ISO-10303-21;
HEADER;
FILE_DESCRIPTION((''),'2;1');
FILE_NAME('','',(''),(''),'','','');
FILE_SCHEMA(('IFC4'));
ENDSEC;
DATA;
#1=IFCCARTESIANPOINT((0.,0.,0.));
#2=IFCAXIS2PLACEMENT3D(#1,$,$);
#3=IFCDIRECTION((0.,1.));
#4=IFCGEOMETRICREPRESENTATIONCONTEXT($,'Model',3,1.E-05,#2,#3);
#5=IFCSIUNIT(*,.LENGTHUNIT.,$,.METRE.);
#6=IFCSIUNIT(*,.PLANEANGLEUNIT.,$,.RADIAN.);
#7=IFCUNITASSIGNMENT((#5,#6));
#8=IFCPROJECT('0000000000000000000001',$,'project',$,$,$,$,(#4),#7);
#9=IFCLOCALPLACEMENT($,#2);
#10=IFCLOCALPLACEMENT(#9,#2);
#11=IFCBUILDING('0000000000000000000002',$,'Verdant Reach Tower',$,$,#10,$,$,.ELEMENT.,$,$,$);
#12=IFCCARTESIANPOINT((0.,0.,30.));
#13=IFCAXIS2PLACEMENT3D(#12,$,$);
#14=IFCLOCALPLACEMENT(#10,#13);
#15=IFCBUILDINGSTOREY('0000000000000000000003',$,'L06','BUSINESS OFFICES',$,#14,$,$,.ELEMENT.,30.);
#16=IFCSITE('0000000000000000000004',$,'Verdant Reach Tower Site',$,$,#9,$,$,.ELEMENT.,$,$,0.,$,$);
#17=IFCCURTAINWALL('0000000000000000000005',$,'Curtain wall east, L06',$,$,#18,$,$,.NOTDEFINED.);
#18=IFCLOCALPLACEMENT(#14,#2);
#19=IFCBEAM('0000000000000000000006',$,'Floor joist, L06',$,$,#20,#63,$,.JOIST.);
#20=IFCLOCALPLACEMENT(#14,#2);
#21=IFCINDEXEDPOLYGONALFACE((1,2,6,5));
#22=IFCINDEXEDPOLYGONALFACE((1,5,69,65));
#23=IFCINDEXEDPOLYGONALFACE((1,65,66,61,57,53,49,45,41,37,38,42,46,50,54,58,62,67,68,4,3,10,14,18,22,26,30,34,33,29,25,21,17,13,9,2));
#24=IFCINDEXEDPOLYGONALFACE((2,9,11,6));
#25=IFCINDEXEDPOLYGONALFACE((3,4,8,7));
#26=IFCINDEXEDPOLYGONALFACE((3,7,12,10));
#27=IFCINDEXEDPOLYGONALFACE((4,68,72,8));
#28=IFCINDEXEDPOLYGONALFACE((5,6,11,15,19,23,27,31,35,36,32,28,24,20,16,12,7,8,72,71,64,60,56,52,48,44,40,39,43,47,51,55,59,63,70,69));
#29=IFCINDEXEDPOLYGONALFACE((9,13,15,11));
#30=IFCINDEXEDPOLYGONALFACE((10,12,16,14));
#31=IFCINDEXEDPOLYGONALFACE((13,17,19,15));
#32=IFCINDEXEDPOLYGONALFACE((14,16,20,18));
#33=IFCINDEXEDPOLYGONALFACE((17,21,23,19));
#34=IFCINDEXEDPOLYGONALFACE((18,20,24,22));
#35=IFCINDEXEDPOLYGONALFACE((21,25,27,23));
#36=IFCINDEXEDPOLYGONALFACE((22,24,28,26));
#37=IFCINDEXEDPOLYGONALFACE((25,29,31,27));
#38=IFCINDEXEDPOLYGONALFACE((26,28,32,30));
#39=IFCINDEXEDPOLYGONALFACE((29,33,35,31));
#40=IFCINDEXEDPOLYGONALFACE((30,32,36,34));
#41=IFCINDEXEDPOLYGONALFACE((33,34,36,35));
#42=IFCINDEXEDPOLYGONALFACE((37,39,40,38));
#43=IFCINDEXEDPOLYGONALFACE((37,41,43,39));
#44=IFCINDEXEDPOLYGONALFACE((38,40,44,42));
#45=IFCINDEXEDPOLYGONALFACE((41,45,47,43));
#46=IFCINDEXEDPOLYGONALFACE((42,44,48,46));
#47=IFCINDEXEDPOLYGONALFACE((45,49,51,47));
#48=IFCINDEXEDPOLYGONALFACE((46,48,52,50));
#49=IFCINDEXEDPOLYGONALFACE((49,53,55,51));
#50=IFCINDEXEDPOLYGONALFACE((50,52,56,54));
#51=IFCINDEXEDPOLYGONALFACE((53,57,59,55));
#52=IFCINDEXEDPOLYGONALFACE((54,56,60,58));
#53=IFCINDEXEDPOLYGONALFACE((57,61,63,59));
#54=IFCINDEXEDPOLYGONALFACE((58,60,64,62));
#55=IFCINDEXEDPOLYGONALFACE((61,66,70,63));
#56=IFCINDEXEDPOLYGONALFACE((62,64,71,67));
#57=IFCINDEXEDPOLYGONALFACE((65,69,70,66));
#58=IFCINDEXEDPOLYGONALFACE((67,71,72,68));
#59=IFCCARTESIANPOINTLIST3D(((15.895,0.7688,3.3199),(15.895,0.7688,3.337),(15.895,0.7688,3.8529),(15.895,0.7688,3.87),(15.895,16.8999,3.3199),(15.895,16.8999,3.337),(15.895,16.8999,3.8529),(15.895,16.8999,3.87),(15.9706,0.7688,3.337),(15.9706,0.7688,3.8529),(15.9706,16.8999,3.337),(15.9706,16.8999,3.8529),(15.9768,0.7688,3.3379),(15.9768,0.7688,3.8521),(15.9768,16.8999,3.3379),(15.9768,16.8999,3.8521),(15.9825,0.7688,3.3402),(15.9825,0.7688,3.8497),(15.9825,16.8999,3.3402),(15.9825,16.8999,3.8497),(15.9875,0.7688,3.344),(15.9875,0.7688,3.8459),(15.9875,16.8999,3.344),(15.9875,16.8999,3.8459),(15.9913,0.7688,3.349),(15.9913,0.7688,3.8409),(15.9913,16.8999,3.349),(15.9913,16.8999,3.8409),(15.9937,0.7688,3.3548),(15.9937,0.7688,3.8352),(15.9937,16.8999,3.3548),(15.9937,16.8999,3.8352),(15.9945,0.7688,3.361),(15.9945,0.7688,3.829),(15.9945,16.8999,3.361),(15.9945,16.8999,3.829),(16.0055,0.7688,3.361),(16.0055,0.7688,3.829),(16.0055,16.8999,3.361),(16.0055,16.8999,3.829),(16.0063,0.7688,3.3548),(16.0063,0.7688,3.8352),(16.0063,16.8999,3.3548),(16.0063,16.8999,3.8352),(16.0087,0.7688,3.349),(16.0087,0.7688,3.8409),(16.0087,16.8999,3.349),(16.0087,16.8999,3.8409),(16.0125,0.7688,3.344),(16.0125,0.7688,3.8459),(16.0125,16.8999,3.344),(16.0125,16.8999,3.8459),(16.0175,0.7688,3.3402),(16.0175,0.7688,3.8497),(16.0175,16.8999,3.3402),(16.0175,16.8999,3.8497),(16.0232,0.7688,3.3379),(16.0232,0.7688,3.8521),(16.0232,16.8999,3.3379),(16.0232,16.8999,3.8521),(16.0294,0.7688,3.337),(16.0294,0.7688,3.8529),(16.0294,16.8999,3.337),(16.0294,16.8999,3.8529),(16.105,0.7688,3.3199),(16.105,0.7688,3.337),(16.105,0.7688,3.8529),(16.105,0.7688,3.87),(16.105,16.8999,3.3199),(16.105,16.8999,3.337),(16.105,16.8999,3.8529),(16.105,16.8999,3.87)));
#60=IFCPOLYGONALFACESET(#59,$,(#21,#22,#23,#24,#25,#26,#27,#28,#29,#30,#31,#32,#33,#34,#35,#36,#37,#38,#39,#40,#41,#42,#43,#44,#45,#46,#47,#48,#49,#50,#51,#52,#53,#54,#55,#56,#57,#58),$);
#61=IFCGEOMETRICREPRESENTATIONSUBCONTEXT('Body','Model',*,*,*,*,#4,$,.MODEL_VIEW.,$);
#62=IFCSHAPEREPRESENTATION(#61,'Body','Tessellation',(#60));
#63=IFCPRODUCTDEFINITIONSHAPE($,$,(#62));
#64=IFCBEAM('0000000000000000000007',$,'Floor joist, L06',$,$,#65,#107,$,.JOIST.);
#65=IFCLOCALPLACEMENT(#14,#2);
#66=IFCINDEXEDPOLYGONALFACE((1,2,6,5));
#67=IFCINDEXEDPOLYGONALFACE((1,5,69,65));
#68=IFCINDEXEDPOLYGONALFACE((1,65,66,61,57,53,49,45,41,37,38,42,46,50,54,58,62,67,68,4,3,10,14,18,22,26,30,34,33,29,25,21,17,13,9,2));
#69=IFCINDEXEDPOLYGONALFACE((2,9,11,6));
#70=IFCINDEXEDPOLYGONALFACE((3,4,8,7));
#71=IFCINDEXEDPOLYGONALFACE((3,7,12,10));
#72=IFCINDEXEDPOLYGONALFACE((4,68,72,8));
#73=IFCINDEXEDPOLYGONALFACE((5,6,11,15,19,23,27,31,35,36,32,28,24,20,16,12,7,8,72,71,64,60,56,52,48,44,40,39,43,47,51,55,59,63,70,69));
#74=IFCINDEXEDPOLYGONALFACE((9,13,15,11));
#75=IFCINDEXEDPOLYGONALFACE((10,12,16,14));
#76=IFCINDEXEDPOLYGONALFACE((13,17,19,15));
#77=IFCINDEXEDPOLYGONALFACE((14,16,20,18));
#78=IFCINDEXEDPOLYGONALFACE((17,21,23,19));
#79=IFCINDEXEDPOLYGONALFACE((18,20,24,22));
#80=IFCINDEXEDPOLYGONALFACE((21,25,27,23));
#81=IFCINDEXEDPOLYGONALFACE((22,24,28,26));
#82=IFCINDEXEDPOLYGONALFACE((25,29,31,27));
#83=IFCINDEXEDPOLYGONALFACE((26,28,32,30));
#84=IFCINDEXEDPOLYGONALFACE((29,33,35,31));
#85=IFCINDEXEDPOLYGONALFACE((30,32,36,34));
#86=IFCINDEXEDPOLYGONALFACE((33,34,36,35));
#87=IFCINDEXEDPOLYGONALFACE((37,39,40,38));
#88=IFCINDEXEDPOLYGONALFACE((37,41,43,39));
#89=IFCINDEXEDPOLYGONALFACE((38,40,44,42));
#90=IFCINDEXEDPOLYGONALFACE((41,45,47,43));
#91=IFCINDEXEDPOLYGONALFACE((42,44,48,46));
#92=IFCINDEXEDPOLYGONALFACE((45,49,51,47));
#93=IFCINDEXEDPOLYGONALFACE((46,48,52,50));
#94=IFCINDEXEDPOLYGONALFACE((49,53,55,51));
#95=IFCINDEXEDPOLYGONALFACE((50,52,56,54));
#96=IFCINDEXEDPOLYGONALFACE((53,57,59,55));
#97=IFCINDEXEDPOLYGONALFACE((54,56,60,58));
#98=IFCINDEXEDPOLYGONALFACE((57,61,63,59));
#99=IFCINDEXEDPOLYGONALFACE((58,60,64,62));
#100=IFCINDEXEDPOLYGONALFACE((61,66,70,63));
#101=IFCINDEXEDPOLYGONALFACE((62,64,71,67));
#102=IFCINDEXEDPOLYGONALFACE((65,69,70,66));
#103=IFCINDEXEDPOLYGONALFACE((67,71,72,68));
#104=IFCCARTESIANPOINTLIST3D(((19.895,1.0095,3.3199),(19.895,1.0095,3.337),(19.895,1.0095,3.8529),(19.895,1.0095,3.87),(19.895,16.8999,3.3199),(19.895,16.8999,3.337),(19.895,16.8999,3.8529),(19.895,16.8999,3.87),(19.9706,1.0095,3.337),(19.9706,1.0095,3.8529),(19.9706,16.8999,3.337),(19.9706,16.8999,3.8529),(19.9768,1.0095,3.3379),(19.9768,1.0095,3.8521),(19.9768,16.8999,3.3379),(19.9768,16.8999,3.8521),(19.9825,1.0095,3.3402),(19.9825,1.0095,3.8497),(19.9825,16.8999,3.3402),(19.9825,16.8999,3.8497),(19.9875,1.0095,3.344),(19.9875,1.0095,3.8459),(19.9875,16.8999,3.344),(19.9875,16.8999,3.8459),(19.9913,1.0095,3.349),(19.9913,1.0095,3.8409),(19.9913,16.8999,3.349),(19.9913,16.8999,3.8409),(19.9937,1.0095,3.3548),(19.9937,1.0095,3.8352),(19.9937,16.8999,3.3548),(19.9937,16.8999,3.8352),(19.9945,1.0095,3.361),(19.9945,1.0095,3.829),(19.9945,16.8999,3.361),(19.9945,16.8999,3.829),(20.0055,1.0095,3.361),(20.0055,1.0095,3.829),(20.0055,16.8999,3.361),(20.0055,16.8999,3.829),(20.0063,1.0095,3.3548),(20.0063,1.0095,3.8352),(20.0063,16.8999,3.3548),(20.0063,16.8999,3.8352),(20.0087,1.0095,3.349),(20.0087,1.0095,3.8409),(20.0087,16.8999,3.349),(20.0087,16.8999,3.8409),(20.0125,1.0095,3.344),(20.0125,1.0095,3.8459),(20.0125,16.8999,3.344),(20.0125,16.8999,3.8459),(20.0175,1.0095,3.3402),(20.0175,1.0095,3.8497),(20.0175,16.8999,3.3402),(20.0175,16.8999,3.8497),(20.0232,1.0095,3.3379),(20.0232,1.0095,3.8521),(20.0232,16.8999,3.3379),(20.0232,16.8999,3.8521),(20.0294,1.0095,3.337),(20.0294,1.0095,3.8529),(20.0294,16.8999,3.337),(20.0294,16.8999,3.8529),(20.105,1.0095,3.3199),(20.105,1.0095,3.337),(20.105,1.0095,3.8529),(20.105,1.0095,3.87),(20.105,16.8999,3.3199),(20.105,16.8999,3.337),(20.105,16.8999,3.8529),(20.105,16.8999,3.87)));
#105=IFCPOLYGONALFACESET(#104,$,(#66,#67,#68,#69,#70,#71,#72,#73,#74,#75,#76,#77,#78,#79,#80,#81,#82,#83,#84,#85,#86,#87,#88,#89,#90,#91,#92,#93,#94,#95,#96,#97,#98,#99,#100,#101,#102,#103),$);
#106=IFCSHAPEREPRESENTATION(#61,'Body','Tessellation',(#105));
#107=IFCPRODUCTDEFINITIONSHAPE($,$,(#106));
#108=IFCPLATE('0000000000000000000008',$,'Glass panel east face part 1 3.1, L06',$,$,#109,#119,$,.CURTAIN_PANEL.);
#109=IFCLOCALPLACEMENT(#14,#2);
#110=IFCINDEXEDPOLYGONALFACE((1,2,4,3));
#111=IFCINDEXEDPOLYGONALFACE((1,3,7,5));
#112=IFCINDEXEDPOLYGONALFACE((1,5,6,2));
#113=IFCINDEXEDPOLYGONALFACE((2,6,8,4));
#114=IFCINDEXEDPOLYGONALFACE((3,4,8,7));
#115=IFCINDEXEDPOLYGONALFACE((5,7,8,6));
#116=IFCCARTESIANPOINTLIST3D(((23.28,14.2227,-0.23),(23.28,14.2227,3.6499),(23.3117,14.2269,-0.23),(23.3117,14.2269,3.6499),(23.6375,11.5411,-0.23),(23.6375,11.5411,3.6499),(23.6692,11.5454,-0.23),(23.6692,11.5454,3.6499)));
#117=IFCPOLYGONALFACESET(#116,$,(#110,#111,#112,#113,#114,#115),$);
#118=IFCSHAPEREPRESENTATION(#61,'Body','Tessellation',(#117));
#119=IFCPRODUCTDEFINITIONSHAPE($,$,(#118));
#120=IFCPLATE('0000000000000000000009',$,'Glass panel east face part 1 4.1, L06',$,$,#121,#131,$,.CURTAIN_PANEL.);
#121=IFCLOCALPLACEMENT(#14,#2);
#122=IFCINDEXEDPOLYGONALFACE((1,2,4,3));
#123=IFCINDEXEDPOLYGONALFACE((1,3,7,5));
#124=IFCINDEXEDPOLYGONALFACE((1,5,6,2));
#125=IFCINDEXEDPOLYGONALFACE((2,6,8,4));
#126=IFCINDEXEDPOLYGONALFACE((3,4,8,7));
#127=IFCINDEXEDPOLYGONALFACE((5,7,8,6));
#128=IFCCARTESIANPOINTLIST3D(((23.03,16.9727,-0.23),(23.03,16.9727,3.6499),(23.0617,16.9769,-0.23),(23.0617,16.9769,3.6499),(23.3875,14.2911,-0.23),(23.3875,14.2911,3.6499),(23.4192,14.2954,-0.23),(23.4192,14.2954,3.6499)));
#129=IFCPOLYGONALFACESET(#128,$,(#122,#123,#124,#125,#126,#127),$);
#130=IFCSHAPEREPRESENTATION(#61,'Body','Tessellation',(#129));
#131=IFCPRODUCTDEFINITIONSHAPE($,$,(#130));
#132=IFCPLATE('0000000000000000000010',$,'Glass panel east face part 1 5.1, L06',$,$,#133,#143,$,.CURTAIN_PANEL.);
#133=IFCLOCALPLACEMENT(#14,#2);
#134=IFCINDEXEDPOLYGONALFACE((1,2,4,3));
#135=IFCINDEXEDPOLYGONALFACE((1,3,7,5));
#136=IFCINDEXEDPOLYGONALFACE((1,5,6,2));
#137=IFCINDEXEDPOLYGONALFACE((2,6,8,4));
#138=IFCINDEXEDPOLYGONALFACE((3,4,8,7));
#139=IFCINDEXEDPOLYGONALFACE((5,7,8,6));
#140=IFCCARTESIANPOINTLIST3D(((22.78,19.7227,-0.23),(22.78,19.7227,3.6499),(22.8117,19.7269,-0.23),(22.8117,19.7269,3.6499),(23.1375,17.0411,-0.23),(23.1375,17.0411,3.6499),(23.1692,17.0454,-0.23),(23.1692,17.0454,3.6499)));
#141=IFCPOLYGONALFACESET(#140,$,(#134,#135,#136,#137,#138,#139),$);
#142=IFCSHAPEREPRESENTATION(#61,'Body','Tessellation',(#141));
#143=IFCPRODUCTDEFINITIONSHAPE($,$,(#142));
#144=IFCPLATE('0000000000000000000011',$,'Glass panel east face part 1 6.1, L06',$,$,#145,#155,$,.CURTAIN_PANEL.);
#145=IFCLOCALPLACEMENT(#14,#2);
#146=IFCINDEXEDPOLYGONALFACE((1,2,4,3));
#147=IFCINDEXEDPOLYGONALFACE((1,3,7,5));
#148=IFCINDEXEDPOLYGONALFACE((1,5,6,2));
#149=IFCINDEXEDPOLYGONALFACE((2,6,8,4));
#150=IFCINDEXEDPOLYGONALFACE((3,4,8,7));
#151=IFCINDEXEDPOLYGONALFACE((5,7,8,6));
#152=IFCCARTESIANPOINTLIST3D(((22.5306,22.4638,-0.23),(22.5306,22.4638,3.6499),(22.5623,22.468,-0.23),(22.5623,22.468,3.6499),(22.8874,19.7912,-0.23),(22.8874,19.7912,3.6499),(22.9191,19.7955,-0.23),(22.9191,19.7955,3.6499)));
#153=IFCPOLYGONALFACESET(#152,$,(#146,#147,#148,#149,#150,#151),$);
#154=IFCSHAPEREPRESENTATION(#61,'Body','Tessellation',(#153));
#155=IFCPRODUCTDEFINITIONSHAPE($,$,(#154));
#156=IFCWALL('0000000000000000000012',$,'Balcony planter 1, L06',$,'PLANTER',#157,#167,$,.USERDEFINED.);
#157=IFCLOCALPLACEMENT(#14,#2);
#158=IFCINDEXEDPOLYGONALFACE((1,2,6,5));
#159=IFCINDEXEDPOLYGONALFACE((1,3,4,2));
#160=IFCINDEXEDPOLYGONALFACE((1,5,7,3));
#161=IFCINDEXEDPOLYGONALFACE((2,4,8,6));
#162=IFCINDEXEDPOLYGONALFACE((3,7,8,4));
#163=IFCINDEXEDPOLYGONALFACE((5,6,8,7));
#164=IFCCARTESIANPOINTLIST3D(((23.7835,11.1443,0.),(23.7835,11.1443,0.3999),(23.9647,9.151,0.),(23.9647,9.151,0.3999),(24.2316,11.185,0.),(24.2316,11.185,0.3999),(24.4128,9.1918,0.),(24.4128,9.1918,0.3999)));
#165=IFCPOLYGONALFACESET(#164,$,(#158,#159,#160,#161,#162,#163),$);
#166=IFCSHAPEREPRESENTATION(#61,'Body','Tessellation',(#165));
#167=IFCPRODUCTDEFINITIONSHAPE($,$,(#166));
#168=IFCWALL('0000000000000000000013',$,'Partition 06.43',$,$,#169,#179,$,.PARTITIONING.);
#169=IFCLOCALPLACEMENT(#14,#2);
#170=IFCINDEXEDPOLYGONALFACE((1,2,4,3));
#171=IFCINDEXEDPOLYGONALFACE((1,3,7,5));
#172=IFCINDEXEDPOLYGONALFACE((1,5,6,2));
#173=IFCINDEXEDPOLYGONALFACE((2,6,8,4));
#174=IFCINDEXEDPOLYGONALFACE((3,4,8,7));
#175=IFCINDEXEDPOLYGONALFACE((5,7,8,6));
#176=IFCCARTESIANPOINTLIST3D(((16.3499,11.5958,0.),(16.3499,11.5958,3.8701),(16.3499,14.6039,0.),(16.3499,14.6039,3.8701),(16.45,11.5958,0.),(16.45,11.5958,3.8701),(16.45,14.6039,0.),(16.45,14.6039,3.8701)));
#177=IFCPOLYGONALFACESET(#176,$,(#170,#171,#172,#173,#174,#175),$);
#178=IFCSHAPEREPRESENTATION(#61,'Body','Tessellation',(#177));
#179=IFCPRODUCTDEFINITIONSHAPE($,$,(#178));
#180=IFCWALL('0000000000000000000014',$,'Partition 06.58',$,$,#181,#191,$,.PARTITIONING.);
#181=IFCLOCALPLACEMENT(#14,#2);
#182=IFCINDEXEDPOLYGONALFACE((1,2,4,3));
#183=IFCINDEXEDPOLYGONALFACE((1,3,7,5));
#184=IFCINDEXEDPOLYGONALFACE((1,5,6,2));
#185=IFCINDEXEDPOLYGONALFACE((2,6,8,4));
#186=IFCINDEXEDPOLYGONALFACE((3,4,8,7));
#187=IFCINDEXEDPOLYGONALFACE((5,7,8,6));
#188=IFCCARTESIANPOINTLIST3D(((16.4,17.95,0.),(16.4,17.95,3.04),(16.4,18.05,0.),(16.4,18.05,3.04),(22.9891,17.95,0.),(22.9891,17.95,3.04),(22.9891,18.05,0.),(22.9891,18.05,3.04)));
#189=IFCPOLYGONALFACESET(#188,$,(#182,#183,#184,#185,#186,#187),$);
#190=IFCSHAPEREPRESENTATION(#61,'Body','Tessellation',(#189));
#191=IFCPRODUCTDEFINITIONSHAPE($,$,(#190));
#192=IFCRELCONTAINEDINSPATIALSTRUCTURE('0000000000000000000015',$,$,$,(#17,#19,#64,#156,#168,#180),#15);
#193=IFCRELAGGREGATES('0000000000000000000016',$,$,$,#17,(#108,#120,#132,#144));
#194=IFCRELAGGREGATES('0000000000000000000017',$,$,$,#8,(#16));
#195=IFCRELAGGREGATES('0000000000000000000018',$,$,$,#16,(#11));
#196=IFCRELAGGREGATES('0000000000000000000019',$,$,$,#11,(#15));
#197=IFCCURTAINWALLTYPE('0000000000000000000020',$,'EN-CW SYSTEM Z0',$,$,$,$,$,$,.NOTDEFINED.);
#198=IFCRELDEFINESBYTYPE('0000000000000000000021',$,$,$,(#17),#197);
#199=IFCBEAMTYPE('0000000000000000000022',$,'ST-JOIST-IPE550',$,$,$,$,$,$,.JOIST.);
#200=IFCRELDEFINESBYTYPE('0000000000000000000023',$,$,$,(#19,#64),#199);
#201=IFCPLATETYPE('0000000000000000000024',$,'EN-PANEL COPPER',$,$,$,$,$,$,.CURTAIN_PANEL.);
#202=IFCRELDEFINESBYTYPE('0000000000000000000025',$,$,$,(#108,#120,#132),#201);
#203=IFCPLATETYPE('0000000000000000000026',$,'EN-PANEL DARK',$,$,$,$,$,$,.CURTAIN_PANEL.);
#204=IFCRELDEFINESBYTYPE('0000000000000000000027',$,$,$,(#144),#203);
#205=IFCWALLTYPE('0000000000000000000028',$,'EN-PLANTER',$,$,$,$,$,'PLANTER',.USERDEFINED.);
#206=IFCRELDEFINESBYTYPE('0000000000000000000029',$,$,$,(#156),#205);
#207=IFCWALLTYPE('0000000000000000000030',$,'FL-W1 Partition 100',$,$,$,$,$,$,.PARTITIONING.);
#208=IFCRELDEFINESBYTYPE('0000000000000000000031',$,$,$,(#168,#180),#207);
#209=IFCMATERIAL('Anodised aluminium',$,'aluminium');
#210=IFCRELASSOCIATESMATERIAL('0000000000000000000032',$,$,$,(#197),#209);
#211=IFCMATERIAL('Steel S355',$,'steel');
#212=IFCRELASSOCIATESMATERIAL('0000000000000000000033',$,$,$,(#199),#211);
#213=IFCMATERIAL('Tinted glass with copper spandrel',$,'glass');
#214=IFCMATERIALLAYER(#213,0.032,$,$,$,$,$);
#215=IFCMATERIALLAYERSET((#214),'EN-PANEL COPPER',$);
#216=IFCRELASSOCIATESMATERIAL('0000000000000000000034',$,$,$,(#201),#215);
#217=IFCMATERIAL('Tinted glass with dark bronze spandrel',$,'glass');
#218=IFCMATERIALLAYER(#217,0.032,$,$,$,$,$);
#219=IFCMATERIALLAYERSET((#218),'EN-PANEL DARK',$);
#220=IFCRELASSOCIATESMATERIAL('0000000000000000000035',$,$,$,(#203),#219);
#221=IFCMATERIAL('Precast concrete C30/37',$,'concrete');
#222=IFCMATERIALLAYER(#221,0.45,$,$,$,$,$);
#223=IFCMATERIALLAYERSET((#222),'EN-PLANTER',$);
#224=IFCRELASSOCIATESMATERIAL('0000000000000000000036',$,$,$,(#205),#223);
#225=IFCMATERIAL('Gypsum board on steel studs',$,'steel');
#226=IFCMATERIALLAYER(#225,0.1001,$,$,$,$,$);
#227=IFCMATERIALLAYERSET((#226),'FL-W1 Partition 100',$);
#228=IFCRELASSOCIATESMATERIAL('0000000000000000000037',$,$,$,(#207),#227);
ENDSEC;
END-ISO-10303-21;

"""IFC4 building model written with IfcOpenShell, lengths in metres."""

from ifc_helpers import new_model, si_unit, direction, frame, frame_2d, origin, origin_2d, place, context, subcontext, project, spatial, rectangle, i_section, extrude, material, layer, layer_set, material_profile, profile_set, type_object, element, aggregate, save


model = new_model("IFC4")

# Units and contexts
model_context = context("Model", 3, precision=1e-05, world=origin(), true_north=direction((0.0, 1.0)))
body_context = subcontext(model_context, "Body", "Model", "MODEL_VIEW")
ifc_project = project(units=[si_unit("LENGTHUNIT", "METRE"), si_unit("PLANEANGLEUNIT", "RADIAN")], contexts=[model_context])

# Site, building, storey
site_placement = place(None, origin())
site = spatial("IfcSite", under=ifc_project, at=site_placement, Name="Verdant Reach Tower Site", CompositionType="ELEMENT", RefElevation=0.0)
building_placement = place(site_placement, origin())
building = spatial("IfcBuilding", under=site, at=building_placement, Name="Verdant Reach Tower", CompositionType="ELEMENT")
storey_placement = place(building_placement, frame((0.0, 0.0, 30.0)))
storey = spatial("IfcBuildingStorey", under=building, at=storey_placement, Name="L06", Description="BUSINESS OFFICES", CompositionType="ELEMENT", Elevation=30.0)

# Curtain wall
ifc_material_1 = material(Name="Anodised aluminium", Category="aluminium")
curtain_wall_type = type_object("IfcCurtainWallType", Name="EN-CW SYSTEM Z0", PredefinedType="NOTDEFINED", material=ifc_material_1)
curtain_wall_placement = place(storey_placement, origin())
curtain_wall = element("IfcCurtainWall", 1, at=curtain_wall_placement, inside=storey, type_object=curtain_wall_type, Name="Curtain wall east, L06", PredefinedType="NOTDEFINED")

# Beams
ifc_material_2 = material(Name="Steel S355", Category="steel")
ifc_material_profile_1 = material_profile(ifc_material_2, i_section(OverallWidth=0.21, OverallDepth=0.55, WebThickness=0.011, FlangeThickness=0.0171, FilletRadius=0.0239, at=origin_2d()), Name="IPE 550")
ifc_profile_set_1 = profile_set([ifc_material_profile_1], Name="Steel S355")
beam_type_1 = type_object("IfcBeamType", Name="ST-JOIST-IPE550", PredefinedType="JOIST", material=ifc_profile_set_1)
beam_1_placement = place(storey_placement, frame((16.0, 16.8999, 3.595), z_axis=(0.0, -1.0, 0.0), x_axis=(1.0, 0.0, 0.0)))
element("IfcBeam", 2, at=beam_1_placement, inside=storey, type_object=beam_type_1, Name="Floor joist, L06", PredefinedType="JOIST", context=body_context, shape_type="SweptSolid", body=[
    extrude(i_section(OverallWidth=0.21, OverallDepth=0.55, WebThickness=0.011, FlangeThickness=0.0171, FilletRadius=0.0239, at=origin_2d()), origin(), (0.0, 0.0, 1.0), 16.1311),
])
beam_2_placement = place(storey_placement, frame((20.0, 16.8999, 3.595), z_axis=(0.0, -1.0, 0.0), x_axis=(1.0, 0.0, 0.0)))
element("IfcBeam", 3, at=beam_2_placement, inside=storey, type_object=beam_type_1, Name="Floor joist, L06", PredefinedType="JOIST", context=body_context, shape_type="SweptSolid", body=[
    extrude(i_section(OverallWidth=0.21, OverallDepth=0.55, WebThickness=0.011, FlangeThickness=0.0171, FilletRadius=0.0239, at=origin_2d()), origin(), (0.0, 0.0, 1.0), 15.8904),
])

# Plates
ifc_material_3 = material(Name="Tinted glass with copper spandrel", Category="glass")
ifc_layer_1 = layer(ifc_material_3, 0.032)
ifc_layer_set_1 = layer_set([ifc_layer_1], Name="EN-PANEL COPPER")
plate_type_1 = type_object("IfcPlateType", Name="EN-PANEL COPPER", PredefinedType="CURTAIN_PANEL", material=ifc_layer_set_1)
plate_1_placement = place(storey_placement, frame((23.4746, 12.884, -0.23), z_axis=(0.0, 0.0, 1.0), x_axis=(-0.13216, 0.991228, 0.0)))
plate_1 = element("IfcPlate", 4, at=plate_1_placement, type_object=plate_type_1, Name="Glass panel east face part 1 3.1, L06", PredefinedType="CURTAIN_PANEL", context=body_context, shape_type="SweptSolid", body=[
    extrude(rectangle(XDim=2.7053, YDim=0.032, at=origin_2d()), origin(), (0.0, 0.0, 1.0), 3.8799),
])
plate_2_placement = place(storey_placement, frame((23.2246, 15.634, -0.23), z_axis=(0.0, 0.0, 1.0), x_axis=(-0.13216, 0.991228, 0.0)))
plate_2 = element("IfcPlate", 5, at=plate_2_placement, type_object=plate_type_1, Name="Glass panel east face part 1 4.1, L06", PredefinedType="CURTAIN_PANEL", context=body_context, shape_type="SweptSolid", body=[
    extrude(rectangle(XDim=2.7053, YDim=0.032, at=origin_2d()), origin(), (0.0, 0.0, 1.0), 3.8799),
])
plate_3_placement = place(storey_placement, frame((22.9746, 18.384, -0.23), z_axis=(0.0, 0.0, 1.0), x_axis=(-0.13216, 0.991228, 0.0)))
plate_3 = element("IfcPlate", 6, at=plate_3_placement, type_object=plate_type_1, Name="Glass panel east face part 1 5.1, L06", PredefinedType="CURTAIN_PANEL", context=body_context, shape_type="SweptSolid", body=[
    extrude(rectangle(XDim=2.7053, YDim=0.032, at=origin_2d()), origin(), (0.0, 0.0, 1.0), 3.8799),
])
ifc_material_4 = material(Name="Tinted glass with dark bronze spandrel", Category="glass")
ifc_layer_2 = layer(ifc_material_4, 0.032)
ifc_layer_set_2 = layer_set([ifc_layer_2], Name="EN-PANEL DARK")
plate_type_2 = type_object("IfcPlateType", Name="EN-PANEL DARK", PredefinedType="CURTAIN_PANEL", material=ifc_layer_set_2)
plate_4_placement = place(storey_placement, frame((22.7249, 21.1296, -0.23), z_axis=(0.0, 0.0, 1.0), x_axis=(-0.132308, 0.991209, 0.0)))
plate_4 = element("IfcPlate", 7, at=plate_4_placement, type_object=plate_type_2, Name="Glass panel east face part 1 6.1, L06", PredefinedType="CURTAIN_PANEL", context=body_context, shape_type="SweptSolid", body=[
    extrude(rectangle(XDim=2.6963, YDim=0.032, at=origin_2d()), origin(), (0.0, 0.0, 1.0), 3.8799),
])
aggregate(curtain_wall, [plate_1, plate_2, plate_3, plate_4])

# Walls
ifc_material_5 = material(Name="Precast concrete C30/37", Category="concrete")
ifc_layer_3 = layer(ifc_material_5, 0.45)
ifc_layer_set_3 = layer_set([ifc_layer_3], Name="EN-PLANTER")
wall_type_1 = type_object("IfcWallType", Name="EN-PLANTER", ElementType="PLANTER", PredefinedType="USERDEFINED", material=ifc_layer_set_3)
wall_1_placement = place(storey_placement, frame((24.1887, 9.1714, 0.0), z_axis=(0.0, 0.0, 1.0), x_axis=(-0.090514, 0.995895, 0.0)))
element("IfcWall", 8, at=wall_1_placement, inside=storey, type_object=wall_type_1, Name="Balcony planter 1, L06", ObjectType="PLANTER", PredefinedType="USERDEFINED", context=body_context, shape_type="SweptSolid", body=[
    extrude(rectangle(XDim=2.0015, YDim=0.45, at=frame_2d((1.0007, 0.0))), origin(), (0.0, 0.0, 1.0), 0.3999),
])
ifc_material_6 = material(Name="Gypsum board on steel studs", Category="steel")
ifc_layer_4 = layer(ifc_material_6, 0.1001)
ifc_layer_set_4 = layer_set([ifc_layer_4], Name="FL-W1 Partition 100")
wall_type_2 = type_object("IfcWallType", Name="FL-W1 Partition 100", PredefinedType="PARTITIONING", material=ifc_layer_set_4)
wall_2_placement = place(storey_placement, frame((16.3999, 11.5959, 0.0), z_axis=(0.0, 0.0, 1.0), x_axis=(0.0, 1.0, 0.0)))
element("IfcWall", 9, at=wall_2_placement, inside=storey, type_object=wall_type_2, Name="Partition 06.43", PredefinedType="PARTITIONING", context=body_context, shape_type="SweptSolid", body=[
    extrude(rectangle(XDim=3.0081, YDim=0.1001, at=frame_2d((1.5039, 0.0))), origin(), (0.0, 0.0, 1.0), 3.8701),
])
wall_3_placement = place(storey_placement, frame((22.989, 18.0, 0.0), z_axis=(0.0, 0.0, 1.0), x_axis=(-1.0, 0.0, 0.0)))
element("IfcWall", 10, at=wall_3_placement, inside=storey, type_object=wall_type_2, Name="Partition 06.58", PredefinedType="PARTITIONING", context=body_context, shape_type="SweptSolid", body=[
    extrude(rectangle(XDim=6.5891, YDim=0.1001, at=frame_2d((3.2944, 0.0))), origin(), (0.0, 0.0, 1.0), 3.04),
])

save(model, "model.ifc")
